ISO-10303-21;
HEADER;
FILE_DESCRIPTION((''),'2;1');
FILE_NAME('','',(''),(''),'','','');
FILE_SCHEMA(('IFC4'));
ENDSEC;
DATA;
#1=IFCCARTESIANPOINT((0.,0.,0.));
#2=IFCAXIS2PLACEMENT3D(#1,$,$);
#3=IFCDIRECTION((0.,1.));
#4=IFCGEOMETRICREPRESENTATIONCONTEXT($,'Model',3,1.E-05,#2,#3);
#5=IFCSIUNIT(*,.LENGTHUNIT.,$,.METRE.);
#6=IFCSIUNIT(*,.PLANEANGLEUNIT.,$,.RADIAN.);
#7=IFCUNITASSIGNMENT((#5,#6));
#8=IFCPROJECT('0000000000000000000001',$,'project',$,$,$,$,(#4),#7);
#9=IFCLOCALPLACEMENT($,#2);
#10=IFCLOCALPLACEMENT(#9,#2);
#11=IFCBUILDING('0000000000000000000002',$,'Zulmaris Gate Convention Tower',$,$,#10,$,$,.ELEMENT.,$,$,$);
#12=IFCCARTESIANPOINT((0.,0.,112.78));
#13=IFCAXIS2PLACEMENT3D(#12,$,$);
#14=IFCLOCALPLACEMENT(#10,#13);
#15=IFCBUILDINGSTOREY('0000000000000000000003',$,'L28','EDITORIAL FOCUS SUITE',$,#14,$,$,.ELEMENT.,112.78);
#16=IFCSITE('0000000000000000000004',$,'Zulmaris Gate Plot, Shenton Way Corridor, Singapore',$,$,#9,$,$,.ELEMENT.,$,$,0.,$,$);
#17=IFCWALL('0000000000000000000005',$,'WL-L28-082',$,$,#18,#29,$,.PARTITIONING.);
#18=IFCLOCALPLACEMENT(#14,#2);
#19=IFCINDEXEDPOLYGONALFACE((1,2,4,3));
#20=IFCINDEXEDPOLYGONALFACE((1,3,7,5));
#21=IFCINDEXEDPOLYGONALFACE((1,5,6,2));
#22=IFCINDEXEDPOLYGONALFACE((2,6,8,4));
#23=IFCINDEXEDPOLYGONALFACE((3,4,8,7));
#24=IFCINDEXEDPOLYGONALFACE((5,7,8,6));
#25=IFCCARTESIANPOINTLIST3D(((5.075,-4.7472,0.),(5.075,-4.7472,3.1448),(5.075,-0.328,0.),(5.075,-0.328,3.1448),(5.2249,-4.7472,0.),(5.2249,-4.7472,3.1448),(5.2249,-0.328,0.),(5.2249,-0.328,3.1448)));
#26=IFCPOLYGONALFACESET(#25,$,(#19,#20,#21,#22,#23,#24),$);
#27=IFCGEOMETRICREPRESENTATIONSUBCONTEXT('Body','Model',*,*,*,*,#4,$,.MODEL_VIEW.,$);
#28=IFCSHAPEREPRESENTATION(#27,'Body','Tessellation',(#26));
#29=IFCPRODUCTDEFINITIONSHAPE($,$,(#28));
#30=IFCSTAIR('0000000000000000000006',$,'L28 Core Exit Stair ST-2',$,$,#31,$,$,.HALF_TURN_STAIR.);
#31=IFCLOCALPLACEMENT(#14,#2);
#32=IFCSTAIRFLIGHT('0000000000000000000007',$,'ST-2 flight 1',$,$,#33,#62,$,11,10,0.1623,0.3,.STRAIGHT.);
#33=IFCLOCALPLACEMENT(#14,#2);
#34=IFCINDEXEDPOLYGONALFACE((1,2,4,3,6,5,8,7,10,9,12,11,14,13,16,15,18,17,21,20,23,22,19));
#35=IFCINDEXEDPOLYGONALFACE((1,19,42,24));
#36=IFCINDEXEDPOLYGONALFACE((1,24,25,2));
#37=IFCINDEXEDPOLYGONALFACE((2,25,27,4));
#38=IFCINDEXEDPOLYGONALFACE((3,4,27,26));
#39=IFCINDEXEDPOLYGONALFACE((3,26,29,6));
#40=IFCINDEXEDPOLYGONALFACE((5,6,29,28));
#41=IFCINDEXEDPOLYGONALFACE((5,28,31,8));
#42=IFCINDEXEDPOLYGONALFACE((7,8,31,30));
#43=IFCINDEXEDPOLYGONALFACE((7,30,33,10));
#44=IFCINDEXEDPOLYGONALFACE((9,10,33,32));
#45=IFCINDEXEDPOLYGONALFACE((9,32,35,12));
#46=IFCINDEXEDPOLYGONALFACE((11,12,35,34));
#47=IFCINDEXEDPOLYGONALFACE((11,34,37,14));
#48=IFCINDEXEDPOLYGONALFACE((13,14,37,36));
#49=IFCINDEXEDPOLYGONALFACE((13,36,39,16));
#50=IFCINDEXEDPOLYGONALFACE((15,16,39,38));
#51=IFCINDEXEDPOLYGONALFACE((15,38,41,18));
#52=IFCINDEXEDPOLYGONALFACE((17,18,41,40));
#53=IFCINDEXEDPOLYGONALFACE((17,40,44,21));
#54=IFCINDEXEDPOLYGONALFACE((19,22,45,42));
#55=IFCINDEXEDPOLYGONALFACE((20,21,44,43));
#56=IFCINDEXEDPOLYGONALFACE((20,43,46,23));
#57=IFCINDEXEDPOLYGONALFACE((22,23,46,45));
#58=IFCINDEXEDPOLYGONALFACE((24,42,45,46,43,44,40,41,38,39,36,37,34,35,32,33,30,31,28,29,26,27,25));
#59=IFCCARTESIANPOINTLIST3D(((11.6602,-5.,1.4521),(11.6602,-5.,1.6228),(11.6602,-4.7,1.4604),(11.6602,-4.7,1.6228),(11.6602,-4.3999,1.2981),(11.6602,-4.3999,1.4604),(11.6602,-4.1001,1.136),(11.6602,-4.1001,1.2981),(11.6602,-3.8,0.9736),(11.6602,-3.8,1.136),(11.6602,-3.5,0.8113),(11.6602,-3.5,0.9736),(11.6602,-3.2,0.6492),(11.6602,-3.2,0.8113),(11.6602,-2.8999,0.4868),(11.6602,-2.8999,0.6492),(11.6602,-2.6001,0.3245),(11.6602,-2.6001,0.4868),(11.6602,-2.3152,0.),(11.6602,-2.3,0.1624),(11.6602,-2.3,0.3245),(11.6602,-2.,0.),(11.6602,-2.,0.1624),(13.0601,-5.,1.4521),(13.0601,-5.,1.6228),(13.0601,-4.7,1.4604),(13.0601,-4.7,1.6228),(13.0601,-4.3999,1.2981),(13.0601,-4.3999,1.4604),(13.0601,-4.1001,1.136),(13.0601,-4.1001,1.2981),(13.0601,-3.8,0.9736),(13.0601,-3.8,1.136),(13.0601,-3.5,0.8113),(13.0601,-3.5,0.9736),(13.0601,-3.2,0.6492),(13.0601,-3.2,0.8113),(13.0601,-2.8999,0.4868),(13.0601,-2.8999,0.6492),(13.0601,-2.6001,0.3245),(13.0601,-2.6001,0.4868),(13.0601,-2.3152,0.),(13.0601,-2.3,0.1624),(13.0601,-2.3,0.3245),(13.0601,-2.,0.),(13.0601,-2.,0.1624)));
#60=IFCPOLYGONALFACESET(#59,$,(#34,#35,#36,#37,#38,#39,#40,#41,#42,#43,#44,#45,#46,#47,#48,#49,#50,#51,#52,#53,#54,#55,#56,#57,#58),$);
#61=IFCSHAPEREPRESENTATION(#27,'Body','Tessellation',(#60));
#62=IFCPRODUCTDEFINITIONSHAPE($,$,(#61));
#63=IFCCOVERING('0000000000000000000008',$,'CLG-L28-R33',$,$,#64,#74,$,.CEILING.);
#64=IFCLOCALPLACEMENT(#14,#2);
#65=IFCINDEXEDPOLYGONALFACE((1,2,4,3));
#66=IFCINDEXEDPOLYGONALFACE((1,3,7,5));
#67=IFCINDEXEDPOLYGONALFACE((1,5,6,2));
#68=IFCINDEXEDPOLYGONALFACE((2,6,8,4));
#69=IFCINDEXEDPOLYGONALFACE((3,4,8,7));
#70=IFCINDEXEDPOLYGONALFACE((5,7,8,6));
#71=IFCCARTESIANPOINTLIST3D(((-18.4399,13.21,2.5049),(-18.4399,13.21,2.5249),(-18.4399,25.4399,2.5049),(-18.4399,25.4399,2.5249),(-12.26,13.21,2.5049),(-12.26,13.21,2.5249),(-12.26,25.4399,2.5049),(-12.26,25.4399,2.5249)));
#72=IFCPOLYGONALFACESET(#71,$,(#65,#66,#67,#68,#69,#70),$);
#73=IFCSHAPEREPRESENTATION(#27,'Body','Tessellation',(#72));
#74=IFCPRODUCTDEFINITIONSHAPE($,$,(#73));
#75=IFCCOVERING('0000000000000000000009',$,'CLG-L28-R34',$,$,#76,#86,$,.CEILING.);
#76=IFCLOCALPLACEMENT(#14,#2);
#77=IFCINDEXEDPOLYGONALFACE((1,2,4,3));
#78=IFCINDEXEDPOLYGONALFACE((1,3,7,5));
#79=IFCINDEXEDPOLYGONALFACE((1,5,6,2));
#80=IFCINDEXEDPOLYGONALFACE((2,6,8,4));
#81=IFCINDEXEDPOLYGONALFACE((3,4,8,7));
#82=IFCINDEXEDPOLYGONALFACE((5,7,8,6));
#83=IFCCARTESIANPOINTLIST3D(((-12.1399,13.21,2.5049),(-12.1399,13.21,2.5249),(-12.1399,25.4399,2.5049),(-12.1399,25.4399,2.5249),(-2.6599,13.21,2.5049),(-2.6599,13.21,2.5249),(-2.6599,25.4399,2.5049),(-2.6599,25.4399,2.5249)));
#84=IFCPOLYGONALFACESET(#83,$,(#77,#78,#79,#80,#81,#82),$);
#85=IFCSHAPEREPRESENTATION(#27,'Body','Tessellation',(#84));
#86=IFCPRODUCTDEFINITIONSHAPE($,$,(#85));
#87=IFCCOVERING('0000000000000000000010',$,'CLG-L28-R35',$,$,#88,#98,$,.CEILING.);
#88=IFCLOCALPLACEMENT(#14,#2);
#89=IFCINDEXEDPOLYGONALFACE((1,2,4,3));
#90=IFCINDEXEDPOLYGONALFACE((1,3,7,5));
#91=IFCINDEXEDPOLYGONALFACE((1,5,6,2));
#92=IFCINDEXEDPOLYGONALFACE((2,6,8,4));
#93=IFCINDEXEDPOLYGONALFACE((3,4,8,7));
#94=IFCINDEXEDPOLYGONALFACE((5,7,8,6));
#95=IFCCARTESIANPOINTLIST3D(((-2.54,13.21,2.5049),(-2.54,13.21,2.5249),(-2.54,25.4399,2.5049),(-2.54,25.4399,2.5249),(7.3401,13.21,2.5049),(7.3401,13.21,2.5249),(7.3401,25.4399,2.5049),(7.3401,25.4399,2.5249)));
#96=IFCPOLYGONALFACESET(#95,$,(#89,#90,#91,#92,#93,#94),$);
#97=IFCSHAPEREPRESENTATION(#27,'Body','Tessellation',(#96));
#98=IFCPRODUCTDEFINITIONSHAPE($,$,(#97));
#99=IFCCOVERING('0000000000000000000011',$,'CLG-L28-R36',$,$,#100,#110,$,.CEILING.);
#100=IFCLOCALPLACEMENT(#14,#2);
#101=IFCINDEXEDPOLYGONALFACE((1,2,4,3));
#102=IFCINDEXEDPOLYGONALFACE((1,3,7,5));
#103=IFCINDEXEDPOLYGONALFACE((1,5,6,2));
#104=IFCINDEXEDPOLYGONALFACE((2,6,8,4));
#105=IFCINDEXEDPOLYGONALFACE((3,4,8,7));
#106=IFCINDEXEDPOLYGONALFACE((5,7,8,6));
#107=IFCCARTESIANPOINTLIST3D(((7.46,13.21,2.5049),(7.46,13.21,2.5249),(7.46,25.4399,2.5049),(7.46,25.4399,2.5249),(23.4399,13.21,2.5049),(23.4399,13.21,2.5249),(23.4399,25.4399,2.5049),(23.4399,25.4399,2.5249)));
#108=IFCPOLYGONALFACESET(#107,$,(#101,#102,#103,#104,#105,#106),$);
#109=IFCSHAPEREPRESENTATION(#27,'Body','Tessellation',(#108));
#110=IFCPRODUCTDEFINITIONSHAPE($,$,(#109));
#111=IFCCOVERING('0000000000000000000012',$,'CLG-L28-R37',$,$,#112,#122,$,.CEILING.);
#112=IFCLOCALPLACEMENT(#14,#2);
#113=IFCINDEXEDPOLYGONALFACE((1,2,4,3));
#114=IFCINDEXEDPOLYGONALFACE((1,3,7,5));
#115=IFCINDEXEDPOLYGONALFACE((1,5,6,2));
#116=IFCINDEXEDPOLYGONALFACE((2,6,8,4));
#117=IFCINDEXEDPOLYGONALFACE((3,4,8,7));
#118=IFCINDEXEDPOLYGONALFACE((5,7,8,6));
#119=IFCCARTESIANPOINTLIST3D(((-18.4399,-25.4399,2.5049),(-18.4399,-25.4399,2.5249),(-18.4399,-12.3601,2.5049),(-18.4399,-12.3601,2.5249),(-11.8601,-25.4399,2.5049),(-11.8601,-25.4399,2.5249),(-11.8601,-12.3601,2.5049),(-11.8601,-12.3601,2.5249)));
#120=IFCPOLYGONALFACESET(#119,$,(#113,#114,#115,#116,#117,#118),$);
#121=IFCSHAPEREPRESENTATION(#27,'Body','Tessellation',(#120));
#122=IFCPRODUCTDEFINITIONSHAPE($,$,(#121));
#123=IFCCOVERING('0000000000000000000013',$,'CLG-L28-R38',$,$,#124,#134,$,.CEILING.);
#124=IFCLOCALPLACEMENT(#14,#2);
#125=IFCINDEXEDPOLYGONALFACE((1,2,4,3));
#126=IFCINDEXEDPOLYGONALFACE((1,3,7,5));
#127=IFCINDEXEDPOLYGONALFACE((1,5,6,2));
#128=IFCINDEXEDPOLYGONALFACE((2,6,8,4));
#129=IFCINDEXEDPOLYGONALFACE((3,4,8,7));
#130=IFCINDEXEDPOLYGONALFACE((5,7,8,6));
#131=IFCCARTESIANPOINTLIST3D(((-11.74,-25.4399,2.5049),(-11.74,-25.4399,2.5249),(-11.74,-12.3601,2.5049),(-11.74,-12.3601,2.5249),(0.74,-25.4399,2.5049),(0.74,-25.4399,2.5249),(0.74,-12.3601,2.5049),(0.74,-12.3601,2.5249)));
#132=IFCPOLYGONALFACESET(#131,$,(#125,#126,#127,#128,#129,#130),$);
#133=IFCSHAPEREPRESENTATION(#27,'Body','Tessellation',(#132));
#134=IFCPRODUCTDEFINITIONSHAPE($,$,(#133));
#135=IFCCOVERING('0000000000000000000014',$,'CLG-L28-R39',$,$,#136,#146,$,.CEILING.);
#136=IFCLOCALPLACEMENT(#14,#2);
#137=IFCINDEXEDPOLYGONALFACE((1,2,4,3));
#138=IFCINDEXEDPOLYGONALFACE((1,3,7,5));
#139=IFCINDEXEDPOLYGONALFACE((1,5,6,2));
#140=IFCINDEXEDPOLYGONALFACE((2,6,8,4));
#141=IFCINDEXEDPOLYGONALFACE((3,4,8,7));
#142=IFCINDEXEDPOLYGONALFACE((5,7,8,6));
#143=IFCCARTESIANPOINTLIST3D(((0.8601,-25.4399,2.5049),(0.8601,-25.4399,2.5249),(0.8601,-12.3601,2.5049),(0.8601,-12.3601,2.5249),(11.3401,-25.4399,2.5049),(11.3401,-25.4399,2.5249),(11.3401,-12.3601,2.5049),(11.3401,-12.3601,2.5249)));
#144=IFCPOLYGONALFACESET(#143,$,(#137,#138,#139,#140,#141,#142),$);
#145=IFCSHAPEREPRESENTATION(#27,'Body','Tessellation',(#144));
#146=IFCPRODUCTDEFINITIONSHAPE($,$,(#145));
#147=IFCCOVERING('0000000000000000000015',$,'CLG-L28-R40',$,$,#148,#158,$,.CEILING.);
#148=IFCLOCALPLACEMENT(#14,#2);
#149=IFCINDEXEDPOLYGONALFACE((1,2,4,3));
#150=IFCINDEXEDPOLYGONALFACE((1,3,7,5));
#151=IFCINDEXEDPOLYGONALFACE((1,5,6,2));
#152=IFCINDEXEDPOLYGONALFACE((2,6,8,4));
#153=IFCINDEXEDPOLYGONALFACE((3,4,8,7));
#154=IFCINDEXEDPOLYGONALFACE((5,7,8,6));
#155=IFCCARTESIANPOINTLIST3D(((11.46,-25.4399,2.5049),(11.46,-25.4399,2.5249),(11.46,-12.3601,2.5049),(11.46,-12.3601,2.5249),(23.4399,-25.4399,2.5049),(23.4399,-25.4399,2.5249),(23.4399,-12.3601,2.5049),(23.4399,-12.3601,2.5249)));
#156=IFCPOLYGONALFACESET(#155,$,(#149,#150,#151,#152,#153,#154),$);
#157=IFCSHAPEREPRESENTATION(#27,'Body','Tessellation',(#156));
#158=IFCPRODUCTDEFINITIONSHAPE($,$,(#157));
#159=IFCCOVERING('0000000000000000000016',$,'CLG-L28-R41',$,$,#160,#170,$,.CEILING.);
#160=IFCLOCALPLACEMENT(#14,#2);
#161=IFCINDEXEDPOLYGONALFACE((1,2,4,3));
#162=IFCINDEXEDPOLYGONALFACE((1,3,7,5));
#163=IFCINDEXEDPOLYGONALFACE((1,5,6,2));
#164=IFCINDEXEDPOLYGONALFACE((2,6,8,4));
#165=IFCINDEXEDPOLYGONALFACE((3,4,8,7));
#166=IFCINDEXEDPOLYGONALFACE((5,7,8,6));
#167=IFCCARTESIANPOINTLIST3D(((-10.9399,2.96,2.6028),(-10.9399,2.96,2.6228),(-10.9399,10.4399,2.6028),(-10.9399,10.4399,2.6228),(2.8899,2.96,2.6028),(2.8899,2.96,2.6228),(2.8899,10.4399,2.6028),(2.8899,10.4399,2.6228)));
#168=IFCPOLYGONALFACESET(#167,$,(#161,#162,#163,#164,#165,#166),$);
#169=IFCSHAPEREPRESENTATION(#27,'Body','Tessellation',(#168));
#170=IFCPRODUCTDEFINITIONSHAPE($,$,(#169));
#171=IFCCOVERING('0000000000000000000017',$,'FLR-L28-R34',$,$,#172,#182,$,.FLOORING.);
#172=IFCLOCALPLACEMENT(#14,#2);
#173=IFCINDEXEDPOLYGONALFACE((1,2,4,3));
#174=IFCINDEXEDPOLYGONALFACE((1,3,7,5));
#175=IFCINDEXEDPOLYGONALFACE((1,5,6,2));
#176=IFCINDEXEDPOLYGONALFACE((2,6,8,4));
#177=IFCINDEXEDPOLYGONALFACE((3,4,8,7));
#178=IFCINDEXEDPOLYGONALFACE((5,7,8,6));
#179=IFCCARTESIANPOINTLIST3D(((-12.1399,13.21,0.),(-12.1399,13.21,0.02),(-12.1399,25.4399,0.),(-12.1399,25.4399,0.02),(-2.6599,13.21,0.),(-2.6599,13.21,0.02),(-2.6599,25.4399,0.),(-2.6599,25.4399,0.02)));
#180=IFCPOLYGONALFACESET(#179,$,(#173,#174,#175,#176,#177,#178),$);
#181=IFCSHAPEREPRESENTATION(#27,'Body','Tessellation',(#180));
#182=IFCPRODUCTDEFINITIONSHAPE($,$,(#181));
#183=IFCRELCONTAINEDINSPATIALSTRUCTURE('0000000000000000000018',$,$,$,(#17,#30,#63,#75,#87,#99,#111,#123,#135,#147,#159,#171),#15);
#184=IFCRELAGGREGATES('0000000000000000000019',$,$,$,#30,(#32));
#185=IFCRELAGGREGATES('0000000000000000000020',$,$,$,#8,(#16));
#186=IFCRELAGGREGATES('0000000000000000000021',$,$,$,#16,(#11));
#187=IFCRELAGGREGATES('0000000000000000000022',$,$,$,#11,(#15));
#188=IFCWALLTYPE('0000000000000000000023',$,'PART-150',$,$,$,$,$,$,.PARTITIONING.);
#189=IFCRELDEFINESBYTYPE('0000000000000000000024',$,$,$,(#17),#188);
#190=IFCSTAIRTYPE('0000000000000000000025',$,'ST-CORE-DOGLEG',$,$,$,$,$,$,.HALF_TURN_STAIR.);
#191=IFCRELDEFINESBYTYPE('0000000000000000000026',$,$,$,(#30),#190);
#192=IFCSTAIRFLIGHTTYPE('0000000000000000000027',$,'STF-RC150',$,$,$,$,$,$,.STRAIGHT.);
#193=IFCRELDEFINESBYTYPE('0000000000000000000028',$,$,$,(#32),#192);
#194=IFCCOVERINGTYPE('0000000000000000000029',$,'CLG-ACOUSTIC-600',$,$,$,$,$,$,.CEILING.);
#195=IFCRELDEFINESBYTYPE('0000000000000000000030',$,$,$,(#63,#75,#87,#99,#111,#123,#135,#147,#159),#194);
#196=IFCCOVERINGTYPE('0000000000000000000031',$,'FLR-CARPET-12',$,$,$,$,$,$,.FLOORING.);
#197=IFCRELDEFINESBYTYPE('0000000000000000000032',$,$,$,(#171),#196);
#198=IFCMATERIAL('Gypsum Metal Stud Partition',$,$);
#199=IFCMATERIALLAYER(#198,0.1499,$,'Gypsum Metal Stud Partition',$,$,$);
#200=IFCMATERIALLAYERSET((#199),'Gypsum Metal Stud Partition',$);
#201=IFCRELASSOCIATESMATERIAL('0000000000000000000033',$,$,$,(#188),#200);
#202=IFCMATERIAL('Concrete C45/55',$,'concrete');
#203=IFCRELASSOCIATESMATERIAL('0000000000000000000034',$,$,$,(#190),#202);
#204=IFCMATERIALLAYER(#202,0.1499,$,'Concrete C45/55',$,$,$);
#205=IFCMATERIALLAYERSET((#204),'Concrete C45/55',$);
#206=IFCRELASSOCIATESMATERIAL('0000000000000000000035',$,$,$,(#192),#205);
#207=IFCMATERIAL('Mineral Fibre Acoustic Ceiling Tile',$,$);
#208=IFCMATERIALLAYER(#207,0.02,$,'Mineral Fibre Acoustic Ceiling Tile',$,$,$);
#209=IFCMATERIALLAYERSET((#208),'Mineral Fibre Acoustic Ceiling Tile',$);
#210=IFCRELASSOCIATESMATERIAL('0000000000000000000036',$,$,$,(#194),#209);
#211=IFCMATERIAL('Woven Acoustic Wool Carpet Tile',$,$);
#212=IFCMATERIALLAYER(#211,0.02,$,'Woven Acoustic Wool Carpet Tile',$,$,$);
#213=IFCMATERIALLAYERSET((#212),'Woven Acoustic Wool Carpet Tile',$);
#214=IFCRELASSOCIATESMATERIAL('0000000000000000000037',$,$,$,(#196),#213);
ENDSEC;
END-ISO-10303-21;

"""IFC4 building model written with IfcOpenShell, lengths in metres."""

from ifc_helpers import new_model, si_unit, direction, frame, frame_2d, origin, place, context, subcontext, project, spatial, polyline, rectangle, outline, extrude, material, layer, layer_set, type_object, element, aggregate, save


model = new_model("IFC4")

# Units and contexts
model_context = context("Model", 3, precision=1e-05, world=origin(), true_north=direction((0.0, 1.0)))
body_context = subcontext(model_context, "Body", "Model", "MODEL_VIEW")
ifc_project = project(units=[si_unit("LENGTHUNIT", "METRE"), si_unit("PLANEANGLEUNIT", "RADIAN")], contexts=[model_context])

# Site, building, storey
site_placement = place(None, origin())
site = spatial("IfcSite", under=ifc_project, at=site_placement, Name="Zulmaris Gate Plot, Shenton Way Corridor, Singapore", CompositionType="ELEMENT", RefElevation=0.0)
building_placement = place(site_placement, origin())
building = spatial("IfcBuilding", under=site, at=building_placement, Name="Zulmaris Gate Convention Tower", CompositionType="ELEMENT")
storey_placement = place(building_placement, frame((0.0, 0.0, 112.78)))
storey = spatial("IfcBuildingStorey", under=building, at=storey_placement, Name="L28", Description="EDITORIAL FOCUS SUITE", CompositionType="ELEMENT", Elevation=112.78)

# Wall
ifc_material_1 = material(Name="Gypsum Metal Stud Partition")
ifc_layer_1 = layer(ifc_material_1, 0.1499, Name="Gypsum Metal Stud Partition")
ifc_layer_set_1 = layer_set([ifc_layer_1], Name="Gypsum Metal Stud Partition")
wall_type_1 = type_object("IfcWallType", Name="PART-150", PredefinedType="PARTITIONING", material=ifc_layer_set_1)
wall_1_placement = place(storey_placement, frame((5.1499, -4.7471, 0.0), z_axis=(0.0, 0.0, 1.0), x_axis=(0.0, 1.0, 0.0)))
element("IfcWall", 1, at=wall_1_placement, inside=storey, type_object=wall_type_1, Name="WL-L28-082", PredefinedType="PARTITIONING", context=body_context, shape_type="SweptSolid", body=[
    extrude(rectangle(XDim=4.4192, YDim=0.1499, at=frame_2d((2.2095, 0.0))), origin(), (0.0, 0.0, 1.0), 3.1448),
])

# Stair, stair flight
ifc_material_2 = material(Name="Concrete C45/55", Category="concrete")
stair_type = type_object("IfcStairType", Name="ST-CORE-DOGLEG", PredefinedType="HALF_TURN_STAIR", material=ifc_material_2)
stair_placement = place(storey_placement, origin())
stair = element("IfcStair", 2, at=stair_placement, inside=storey, type_object=stair_type, Name="L28 Core Exit Stair ST-2", PredefinedType="HALF_TURN_STAIR")
ifc_layer_2 = layer(ifc_material_2, 0.1499, Name="Concrete C45/55")
ifc_layer_set_2 = layer_set([ifc_layer_2], Name="Concrete C45/55")
stair_flight_type = type_object("IfcStairFlightType", Name="STF-RC150", PredefinedType="STRAIGHT", material=ifc_layer_set_2)
stair_flight_placement = place(storey_placement, frame((12.3601, -2.0, 0.0), z_axis=(0.0, 0.0, 1.0), x_axis=(0.0, -1.0, 0.0)))
stair_flight = element("IfcStairFlight", 3, at=stair_flight_placement, type_object=stair_flight_type, Name="ST-2 flight 1", NumberOfRisers=11, NumberOfTreads=10, PredefinedType="STRAIGHT", RiserHeight=0.1623, TreadLength=0.3, context=body_context, shape_type="SweptSolid", body=[
    extrude(outline(polyline([(0.0, 0.0), (0.0, 0.1624), (0.3, 0.1624), (0.3, 0.3245), (0.6001, 0.3245), (0.6001, 0.4868), (0.8999, 0.4868), (0.8999, 0.6492), (1.2, 0.6492), (1.2, 0.8113), (1.5, 0.8113), (1.5, 0.9736), (1.8, 0.9736), (1.8, 1.136), (2.1001, 1.136), (2.1001, 1.2981), (2.3999, 1.2981), (2.3999, 1.4604), (2.7, 1.4604), (2.7, 1.6228), (3.0, 1.6228), (3.0, 1.7849), (3.0, 1.4521), (0.3152, 0.0), (0.0, 0.0)])), frame((0.0, 0.7, 0.0), z_axis=(0.0, -1.0, 0.0), x_axis=(1.0, 0.0, 0.0)), (0.0, 0.0, 1.0), 1.3999),
])
aggregate(stair, [stair_flight])

# Coverings
ifc_material_3 = material(Name="Mineral Fibre Acoustic Ceiling Tile")
ifc_layer_3 = layer(ifc_material_3, 0.02, Name="Mineral Fibre Acoustic Ceiling Tile")
ifc_layer_set_3 = layer_set([ifc_layer_3], Name="Mineral Fibre Acoustic Ceiling Tile")
covering_type_1 = type_object("IfcCoveringType", Name="CLG-ACOUSTIC-600", PredefinedType="CEILING", material=ifc_layer_set_3)
covering_1_placement = place(storey_placement, frame((0.0, 0.0, 2.5049)))
element("IfcCovering", 4, at=covering_1_placement, inside=storey, type_object=covering_type_1, Name="CLG-L28-R33", PredefinedType="CEILING", context=body_context, shape_type="SweptSolid", body=[
    extrude(outline(polyline([(-18.4399, 13.21), (-12.26, 13.21), (-12.26, 25.4399), (-18.4399, 25.4399), (-18.4399, 13.21)])), origin(), (0.0, 0.0, 1.0), 0.02),
])
covering_2_placement = place(storey_placement, frame((0.0, 0.0, 2.5049)))
element("IfcCovering", 5, at=covering_2_placement, inside=storey, type_object=covering_type_1, Name="CLG-L28-R34", PredefinedType="CEILING", context=body_context, shape_type="SweptSolid", body=[
    extrude(outline(polyline([(-12.1399, 13.21), (-2.6599, 13.21), (-2.6599, 25.4399), (-12.1399, 25.4399), (-12.1399, 13.21)])), origin(), (0.0, 0.0, 1.0), 0.02),
])
covering_3_placement = place(storey_placement, frame((0.0, 0.0, 2.5049)))
element("IfcCovering", 6, at=covering_3_placement, inside=storey, type_object=covering_type_1, Name="CLG-L28-R35", PredefinedType="CEILING", context=body_context, shape_type="SweptSolid", body=[
    extrude(outline(polyline([(-2.54, 13.21), (7.3401, 13.21), (7.3401, 25.4399), (-2.54, 25.4399), (-2.54, 13.21)])), origin(), (0.0, 0.0, 1.0), 0.02),
])
covering_4_placement = place(storey_placement, frame((0.0, 0.0, 2.5049)))
element("IfcCovering", 7, at=covering_4_placement, inside=storey, type_object=covering_type_1, Name="CLG-L28-R36", PredefinedType="CEILING", context=body_context, shape_type="SweptSolid", body=[
    extrude(outline(polyline([(7.46, 13.21), (23.4399, 13.21), (23.4399, 25.4399), (7.46, 25.4399), (7.46, 13.21)])), origin(), (0.0, 0.0, 1.0), 0.02),
])
covering_5_placement = place(storey_placement, frame((0.0, 0.0, 2.5049)))
element("IfcCovering", 8, at=covering_5_placement, inside=storey, type_object=covering_type_1, Name="CLG-L28-R37", PredefinedType="CEILING", context=body_context, shape_type="SweptSolid", body=[
    extrude(outline(polyline([(-18.4399, -25.4399), (-11.8601, -25.4399), (-11.8601, -12.3601), (-18.4399, -12.3601), (-18.4399, -25.4399)])), origin(), (0.0, 0.0, 1.0), 0.02),
])
covering_6_placement = place(storey_placement, frame((0.0, 0.0, 2.5049)))
element("IfcCovering", 9, at=covering_6_placement, inside=storey, type_object=covering_type_1, Name="CLG-L28-R38", PredefinedType="CEILING", context=body_context, shape_type="SweptSolid", body=[
    extrude(outline(polyline([(-11.74, -25.4399), (0.74, -25.4399), (0.74, -12.3601), (-11.74, -12.3601), (-11.74, -25.4399)])), origin(), (0.0, 0.0, 1.0), 0.02),
])
covering_7_placement = place(storey_placement, frame((0.0, 0.0, 2.5049)))
element("IfcCovering", 10, at=covering_7_placement, inside=storey, type_object=covering_type_1, Name="CLG-L28-R39", PredefinedType="CEILING", context=body_context, shape_type="SweptSolid", body=[
    extrude(outline(polyline([(0.8601, -25.4399), (11.3401, -25.4399), (11.3401, -12.3601), (0.8601, -12.3601), (0.8601, -25.4399)])), origin(), (0.0, 0.0, 1.0), 0.02),
])
covering_8_placement = place(storey_placement, frame((0.0, 0.0, 2.5049)))
element("IfcCovering", 11, at=covering_8_placement, inside=storey, type_object=covering_type_1, Name="CLG-L28-R40", PredefinedType="CEILING", context=body_context, shape_type="SweptSolid", body=[
    extrude(outline(polyline([(11.46, -25.4399), (23.4399, -25.4399), (23.4399, -12.3601), (11.46, -12.3601), (11.46, -25.4399)])), origin(), (0.0, 0.0, 1.0), 0.02),
])
covering_9_placement = place(storey_placement, frame((0.0, 0.0, 2.6028)))
element("IfcCovering", 12, at=covering_9_placement, inside=storey, type_object=covering_type_1, Name="CLG-L28-R41", PredefinedType="CEILING", context=body_context, shape_type="SweptSolid", body=[
    extrude(outline(polyline([(-10.9399, 2.96), (2.8899, 2.96), (2.8899, 10.4399), (-10.9399, 10.4399), (-10.9399, 2.96)])), origin(), (0.0, 0.0, 1.0), 0.02),
])
ifc_material_4 = material(Name="Woven Acoustic Wool Carpet Tile")
ifc_layer_4 = layer(ifc_material_4, 0.02, Name="Woven Acoustic Wool Carpet Tile")
ifc_layer_set_4 = layer_set([ifc_layer_4], Name="Woven Acoustic Wool Carpet Tile")
covering_type_2 = type_object("IfcCoveringType", Name="FLR-CARPET-12", PredefinedType="FLOORING", material=ifc_layer_set_4)
covering_10_placement = place(storey_placement, origin())
element("IfcCovering", 13, at=covering_10_placement, inside=storey, type_object=covering_type_2, Name="FLR-L28-R34", PredefinedType="FLOORING", context=body_context, shape_type="SweptSolid", body=[
    extrude(outline(polyline([(-12.1399, 13.21), (-2.6599, 13.21), (-2.6599, 25.4399), (-12.1399, 25.4399), (-12.1399, 13.21)])), origin(), (0.0, 0.0, 1.0), 0.02),
])

save(model, "model.ifc")
